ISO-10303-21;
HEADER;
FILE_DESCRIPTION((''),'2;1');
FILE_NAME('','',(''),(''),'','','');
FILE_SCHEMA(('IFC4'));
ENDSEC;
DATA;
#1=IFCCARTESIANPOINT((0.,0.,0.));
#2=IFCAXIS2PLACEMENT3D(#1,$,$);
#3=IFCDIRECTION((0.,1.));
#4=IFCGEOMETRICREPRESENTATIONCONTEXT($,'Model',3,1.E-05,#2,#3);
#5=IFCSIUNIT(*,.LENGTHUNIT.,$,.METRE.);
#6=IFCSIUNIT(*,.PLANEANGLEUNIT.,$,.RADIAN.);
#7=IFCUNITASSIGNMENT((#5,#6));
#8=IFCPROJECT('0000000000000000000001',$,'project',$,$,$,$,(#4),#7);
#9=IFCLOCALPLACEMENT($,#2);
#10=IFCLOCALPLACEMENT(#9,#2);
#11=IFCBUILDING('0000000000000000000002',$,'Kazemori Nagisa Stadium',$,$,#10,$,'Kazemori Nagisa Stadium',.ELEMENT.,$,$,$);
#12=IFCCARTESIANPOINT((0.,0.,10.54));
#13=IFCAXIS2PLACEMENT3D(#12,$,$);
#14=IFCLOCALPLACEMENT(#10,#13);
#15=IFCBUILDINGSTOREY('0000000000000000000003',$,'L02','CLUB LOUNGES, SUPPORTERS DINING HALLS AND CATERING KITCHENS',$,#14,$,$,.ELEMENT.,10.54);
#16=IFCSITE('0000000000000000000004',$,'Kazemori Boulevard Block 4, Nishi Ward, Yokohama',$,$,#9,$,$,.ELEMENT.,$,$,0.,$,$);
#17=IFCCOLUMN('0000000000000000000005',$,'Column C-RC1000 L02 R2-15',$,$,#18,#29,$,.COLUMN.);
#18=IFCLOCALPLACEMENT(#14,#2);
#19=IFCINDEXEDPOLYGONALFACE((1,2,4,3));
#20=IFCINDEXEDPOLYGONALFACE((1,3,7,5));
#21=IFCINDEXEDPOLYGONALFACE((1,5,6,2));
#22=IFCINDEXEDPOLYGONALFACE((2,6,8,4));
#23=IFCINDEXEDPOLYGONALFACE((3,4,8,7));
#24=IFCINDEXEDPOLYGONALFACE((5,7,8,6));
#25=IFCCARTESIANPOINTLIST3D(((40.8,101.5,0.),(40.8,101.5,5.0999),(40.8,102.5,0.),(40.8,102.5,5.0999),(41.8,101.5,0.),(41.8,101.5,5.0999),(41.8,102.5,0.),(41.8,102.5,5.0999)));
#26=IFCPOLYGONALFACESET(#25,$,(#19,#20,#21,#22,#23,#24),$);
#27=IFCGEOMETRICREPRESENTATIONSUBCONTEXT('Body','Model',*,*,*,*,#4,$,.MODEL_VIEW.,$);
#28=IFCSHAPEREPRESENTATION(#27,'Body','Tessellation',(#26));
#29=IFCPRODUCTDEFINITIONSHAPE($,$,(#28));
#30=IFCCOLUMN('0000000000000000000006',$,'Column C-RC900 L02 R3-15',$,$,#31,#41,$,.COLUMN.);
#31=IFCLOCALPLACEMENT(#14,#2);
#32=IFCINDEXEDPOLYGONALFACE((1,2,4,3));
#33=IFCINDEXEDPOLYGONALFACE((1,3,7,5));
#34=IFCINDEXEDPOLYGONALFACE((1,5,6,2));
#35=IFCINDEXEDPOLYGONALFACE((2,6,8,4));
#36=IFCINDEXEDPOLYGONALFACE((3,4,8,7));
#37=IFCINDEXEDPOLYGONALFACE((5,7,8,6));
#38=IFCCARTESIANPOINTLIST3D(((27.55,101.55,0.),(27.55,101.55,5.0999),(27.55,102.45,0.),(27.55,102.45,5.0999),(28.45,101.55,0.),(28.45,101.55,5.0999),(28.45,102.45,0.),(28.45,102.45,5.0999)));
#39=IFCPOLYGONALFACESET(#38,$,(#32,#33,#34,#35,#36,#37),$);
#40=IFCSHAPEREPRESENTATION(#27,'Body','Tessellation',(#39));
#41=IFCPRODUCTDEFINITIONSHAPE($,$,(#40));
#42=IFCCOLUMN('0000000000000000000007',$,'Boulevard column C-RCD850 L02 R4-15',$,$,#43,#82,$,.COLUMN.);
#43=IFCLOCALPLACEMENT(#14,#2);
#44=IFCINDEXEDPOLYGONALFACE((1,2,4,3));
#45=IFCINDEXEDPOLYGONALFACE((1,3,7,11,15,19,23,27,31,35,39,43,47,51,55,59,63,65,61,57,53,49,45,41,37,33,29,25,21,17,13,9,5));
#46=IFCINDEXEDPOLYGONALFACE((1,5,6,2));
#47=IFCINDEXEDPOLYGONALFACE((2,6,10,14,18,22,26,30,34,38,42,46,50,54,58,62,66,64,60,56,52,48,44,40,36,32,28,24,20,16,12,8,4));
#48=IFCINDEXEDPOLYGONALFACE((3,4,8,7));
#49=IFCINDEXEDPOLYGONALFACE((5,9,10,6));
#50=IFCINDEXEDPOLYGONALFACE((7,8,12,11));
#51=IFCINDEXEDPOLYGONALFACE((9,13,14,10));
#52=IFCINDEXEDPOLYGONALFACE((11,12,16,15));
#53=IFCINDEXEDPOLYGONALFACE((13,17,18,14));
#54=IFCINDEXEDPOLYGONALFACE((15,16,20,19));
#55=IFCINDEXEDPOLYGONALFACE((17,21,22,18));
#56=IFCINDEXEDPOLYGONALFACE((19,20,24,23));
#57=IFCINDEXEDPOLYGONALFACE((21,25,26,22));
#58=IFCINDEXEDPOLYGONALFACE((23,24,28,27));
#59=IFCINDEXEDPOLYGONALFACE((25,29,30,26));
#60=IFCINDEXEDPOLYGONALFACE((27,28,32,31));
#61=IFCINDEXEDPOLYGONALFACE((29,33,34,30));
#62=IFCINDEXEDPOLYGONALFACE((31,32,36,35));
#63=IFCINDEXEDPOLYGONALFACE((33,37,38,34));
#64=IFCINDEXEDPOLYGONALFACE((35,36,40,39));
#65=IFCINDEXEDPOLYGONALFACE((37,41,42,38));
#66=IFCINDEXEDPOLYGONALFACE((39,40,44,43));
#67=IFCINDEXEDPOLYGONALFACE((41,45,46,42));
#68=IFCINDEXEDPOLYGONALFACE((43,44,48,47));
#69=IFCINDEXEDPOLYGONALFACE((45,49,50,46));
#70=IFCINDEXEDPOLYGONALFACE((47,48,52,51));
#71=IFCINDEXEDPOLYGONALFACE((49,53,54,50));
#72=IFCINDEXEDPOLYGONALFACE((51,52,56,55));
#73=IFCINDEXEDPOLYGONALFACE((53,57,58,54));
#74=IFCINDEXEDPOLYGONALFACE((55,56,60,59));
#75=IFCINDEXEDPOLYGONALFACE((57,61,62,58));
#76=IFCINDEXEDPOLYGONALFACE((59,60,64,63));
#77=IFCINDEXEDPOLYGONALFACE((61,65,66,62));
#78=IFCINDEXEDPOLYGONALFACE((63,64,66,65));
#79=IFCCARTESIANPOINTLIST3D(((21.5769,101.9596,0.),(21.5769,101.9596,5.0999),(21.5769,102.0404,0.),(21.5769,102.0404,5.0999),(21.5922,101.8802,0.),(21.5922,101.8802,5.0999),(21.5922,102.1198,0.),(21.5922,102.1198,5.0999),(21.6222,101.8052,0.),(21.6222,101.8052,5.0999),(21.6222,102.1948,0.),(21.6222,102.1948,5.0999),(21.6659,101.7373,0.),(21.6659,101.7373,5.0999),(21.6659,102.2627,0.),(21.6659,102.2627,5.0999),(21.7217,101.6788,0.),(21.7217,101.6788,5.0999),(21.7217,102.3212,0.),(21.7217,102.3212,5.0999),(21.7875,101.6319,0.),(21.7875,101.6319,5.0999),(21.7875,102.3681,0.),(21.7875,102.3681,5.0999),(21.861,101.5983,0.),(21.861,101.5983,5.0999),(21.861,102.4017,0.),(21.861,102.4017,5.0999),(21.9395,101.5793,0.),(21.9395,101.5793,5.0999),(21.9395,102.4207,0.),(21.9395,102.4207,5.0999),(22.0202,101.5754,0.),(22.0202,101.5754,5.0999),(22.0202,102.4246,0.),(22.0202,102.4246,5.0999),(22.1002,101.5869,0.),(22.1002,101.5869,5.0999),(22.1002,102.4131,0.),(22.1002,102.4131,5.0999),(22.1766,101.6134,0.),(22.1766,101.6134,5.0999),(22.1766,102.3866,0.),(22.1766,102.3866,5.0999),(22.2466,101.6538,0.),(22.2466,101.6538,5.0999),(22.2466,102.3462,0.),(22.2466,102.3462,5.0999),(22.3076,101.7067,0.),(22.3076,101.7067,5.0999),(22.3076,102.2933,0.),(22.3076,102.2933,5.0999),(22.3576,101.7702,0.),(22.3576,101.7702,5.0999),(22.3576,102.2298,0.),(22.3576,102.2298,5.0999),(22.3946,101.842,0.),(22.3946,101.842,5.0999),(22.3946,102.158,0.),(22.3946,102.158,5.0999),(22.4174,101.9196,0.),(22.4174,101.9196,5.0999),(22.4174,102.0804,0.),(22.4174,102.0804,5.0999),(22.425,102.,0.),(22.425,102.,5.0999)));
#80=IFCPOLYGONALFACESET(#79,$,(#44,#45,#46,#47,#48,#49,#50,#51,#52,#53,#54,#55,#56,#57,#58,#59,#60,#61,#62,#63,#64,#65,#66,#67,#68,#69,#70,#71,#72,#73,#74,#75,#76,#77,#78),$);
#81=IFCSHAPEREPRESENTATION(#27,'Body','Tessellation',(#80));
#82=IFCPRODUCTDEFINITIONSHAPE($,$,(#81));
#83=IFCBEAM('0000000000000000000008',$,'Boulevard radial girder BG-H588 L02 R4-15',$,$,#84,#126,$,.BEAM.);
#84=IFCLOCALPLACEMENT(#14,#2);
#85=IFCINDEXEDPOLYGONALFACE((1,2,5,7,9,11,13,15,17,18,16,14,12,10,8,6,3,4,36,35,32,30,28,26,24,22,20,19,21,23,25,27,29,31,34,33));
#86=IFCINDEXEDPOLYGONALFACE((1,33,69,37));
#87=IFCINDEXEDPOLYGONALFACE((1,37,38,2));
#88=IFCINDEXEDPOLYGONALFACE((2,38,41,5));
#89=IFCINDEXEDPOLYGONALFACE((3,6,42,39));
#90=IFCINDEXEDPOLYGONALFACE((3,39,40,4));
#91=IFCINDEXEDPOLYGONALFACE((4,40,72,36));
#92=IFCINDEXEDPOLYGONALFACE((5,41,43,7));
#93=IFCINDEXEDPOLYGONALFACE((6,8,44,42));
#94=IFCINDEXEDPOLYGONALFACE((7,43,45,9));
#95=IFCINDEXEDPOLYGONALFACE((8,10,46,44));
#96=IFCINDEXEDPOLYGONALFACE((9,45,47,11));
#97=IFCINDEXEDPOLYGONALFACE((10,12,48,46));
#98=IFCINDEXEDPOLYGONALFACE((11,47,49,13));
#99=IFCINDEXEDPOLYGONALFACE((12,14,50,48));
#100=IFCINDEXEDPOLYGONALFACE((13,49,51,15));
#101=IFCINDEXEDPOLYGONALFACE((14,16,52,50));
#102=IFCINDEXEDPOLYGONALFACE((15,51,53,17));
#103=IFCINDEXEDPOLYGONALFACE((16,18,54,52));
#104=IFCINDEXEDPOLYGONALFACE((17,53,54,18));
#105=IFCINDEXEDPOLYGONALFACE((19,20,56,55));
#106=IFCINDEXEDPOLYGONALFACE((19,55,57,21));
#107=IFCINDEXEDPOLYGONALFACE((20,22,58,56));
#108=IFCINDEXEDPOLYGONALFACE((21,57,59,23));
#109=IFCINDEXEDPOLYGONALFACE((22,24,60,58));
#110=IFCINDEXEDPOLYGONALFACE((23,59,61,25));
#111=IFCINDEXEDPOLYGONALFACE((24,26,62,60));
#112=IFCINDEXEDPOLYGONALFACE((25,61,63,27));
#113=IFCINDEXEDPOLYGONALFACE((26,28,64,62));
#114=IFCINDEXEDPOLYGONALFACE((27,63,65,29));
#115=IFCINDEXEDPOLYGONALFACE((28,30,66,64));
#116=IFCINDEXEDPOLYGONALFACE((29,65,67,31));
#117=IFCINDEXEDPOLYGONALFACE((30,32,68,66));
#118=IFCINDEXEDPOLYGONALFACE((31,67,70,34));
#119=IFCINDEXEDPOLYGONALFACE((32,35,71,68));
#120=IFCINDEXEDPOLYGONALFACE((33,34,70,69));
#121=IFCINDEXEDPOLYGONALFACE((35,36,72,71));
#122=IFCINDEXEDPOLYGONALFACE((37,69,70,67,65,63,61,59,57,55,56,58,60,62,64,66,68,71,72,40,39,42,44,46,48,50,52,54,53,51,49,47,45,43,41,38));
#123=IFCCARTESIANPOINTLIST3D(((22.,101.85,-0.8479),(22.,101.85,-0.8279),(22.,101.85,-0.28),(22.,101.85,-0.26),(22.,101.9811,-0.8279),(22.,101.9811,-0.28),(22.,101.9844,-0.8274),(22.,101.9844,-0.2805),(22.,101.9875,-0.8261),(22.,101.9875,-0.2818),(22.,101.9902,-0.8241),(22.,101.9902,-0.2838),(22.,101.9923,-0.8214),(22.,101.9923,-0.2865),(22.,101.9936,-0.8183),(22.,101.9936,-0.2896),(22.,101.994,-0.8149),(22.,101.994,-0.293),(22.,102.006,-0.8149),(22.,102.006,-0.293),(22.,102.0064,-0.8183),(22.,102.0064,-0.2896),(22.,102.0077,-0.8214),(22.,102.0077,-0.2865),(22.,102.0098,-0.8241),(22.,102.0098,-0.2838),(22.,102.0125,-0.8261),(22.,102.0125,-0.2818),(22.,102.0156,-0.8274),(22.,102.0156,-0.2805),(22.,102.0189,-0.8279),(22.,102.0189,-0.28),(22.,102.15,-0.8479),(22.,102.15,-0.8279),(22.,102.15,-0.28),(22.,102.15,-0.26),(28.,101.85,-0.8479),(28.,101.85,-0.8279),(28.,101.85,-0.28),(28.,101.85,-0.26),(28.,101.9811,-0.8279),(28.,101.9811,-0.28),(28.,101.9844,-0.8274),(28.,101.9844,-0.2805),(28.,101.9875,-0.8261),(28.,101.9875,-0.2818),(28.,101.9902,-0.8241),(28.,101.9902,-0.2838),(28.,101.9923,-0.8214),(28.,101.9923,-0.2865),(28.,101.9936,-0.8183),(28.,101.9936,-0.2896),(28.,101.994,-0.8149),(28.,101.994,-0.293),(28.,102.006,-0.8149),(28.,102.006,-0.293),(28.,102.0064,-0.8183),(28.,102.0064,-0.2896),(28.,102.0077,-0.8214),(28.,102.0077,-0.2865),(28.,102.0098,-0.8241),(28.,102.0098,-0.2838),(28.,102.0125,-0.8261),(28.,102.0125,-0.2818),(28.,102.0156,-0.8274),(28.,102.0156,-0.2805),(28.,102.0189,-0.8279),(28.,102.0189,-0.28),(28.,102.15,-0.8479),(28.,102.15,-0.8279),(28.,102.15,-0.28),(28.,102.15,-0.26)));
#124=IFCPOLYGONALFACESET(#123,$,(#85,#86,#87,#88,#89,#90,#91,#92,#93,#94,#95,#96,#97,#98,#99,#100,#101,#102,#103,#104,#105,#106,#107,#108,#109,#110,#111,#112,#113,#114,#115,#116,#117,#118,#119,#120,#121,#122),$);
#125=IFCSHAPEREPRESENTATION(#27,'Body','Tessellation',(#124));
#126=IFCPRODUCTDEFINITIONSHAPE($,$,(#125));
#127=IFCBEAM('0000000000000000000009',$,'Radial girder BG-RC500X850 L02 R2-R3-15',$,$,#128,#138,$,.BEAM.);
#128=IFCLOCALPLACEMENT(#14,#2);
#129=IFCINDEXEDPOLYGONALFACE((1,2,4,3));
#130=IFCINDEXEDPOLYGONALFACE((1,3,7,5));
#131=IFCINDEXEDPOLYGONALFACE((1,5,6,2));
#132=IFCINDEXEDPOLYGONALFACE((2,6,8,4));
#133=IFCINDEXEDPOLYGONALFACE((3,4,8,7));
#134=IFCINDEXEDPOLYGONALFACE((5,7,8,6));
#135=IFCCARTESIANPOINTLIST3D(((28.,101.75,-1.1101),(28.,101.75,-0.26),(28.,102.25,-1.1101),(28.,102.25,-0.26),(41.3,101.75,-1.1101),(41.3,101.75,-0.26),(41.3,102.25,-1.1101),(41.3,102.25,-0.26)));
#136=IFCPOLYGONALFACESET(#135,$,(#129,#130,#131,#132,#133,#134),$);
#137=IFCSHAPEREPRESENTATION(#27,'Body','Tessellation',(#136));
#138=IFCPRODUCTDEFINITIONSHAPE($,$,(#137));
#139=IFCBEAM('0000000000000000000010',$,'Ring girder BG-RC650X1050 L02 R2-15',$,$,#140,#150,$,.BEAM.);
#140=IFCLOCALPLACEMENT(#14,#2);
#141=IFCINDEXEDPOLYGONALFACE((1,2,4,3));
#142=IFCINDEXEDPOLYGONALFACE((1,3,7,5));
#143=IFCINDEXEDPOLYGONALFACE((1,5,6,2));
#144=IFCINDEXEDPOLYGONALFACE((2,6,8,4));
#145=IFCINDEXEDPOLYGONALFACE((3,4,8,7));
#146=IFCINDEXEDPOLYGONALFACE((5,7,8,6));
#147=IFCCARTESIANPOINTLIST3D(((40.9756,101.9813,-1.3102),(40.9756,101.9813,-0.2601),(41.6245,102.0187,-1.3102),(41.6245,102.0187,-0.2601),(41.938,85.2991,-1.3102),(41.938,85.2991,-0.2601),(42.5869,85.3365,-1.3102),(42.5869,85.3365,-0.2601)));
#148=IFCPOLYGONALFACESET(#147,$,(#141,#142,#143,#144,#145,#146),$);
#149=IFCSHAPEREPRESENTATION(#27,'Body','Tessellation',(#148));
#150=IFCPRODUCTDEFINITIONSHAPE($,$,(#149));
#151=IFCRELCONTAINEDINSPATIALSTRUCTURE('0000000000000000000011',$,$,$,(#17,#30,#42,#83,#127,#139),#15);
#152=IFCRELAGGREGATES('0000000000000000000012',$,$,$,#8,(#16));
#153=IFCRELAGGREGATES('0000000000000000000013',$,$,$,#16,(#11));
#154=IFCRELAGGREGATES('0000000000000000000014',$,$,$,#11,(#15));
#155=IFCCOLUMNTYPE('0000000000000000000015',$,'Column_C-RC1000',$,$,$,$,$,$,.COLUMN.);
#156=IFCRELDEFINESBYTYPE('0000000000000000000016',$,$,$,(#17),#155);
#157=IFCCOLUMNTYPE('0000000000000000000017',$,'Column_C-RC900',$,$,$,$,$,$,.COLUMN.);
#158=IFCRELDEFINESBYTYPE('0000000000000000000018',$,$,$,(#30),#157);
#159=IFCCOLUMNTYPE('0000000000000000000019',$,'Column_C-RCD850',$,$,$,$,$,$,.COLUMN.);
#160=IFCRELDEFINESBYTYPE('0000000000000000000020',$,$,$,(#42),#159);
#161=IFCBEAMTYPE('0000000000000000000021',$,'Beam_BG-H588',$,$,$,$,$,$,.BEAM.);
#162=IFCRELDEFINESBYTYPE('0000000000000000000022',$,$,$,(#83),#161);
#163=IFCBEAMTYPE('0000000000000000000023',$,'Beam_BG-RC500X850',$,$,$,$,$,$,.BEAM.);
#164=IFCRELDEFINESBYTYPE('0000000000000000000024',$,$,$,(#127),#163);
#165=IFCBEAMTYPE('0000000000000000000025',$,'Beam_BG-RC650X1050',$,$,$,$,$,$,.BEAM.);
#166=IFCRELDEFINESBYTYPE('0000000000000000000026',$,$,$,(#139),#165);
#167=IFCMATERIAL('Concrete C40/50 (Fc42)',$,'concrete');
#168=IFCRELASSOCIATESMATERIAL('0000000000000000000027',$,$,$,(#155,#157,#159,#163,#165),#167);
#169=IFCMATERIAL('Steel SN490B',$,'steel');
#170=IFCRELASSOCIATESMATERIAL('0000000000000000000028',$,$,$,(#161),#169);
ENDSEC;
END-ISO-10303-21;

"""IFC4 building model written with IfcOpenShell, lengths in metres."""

from ifc_helpers import new_model, si_unit, direction, frame, origin, origin_2d, place, context, subcontext, project, spatial, rectangle, circle, i_section, extrude, material, material_profile, profile_set, type_object, element, save


model = new_model("IFC4")

# Units and contexts
model_context = context("Model", 3, precision=1e-05, world=origin(), true_north=direction((0.0, 1.0)))
body_context = subcontext(model_context, "Body", "Model", "MODEL_VIEW")
ifc_project = project(units=[si_unit("LENGTHUNIT", "METRE"), si_unit("PLANEANGLEUNIT", "RADIAN")], contexts=[model_context])

# Site, building, storey
site_placement = place(None, origin())
site = spatial("IfcSite", under=ifc_project, at=site_placement, Name="Kazemori Boulevard Block 4, Nishi Ward, Yokohama", CompositionType="ELEMENT", RefElevation=0.0)
building_placement = place(site_placement, origin())
building = spatial("IfcBuilding", under=site, at=building_placement, Name="Kazemori Nagisa Stadium", LongName="Kazemori Nagisa Stadium", CompositionType="ELEMENT")
storey_placement = place(building_placement, frame((0.0, 0.0, 10.54)))
storey = spatial("IfcBuildingStorey", under=building, at=storey_placement, Name="L02", Description="CLUB LOUNGES, SUPPORTERS DINING HALLS AND CATERING KITCHENS", CompositionType="ELEMENT", Elevation=10.54)

# Columns
ifc_material_1 = material(Name="Concrete C40/50 (Fc42)", Category="concrete")
ifc_material_profile_1 = material_profile(ifc_material_1, rectangle(XDim=1.0, YDim=1.0, at=origin_2d()), Name="RC-COL-1000x1000")
ifc_profile_set_1 = profile_set([ifc_material_profile_1], Name="Concrete C40/50 (Fc42)")
column_type_1 = type_object("IfcColumnType", Name="Column_C-RC1000", PredefinedType="COLUMN", material=ifc_profile_set_1)
column_1_placement = place(storey_placement, frame((41.3, 102.0, 0.0), z_axis=(0.0, 0.0, 1.0), x_axis=(-1.0, 0.0, 0.0)))
element("IfcColumn", 1, at=column_1_placement, inside=storey, type_object=column_type_1, Name="Column C-RC1000 L02 R2-15", PredefinedType="COLUMN", context=body_context, shape_type="SweptSolid", body=[
    extrude(rectangle(XDim=1.0, YDim=1.0, at=origin_2d()), origin(), (0.0, 0.0, 1.0), 5.0999),
])
ifc_material_profile_2 = material_profile(ifc_material_1, rectangle(XDim=0.8999, YDim=0.8999, at=origin_2d()), Name="RC-COL-900x900")
ifc_profile_set_2 = profile_set([ifc_material_profile_2], Name="Concrete C40/50 (Fc42)")
column_type_2 = type_object("IfcColumnType", Name="Column_C-RC900", PredefinedType="COLUMN", material=ifc_profile_set_2)
column_2_placement = place(storey_placement, frame((28.0, 102.0, 0.0), z_axis=(0.0, 0.0, 1.0), x_axis=(-1.0, 0.0, 0.0)))
element("IfcColumn", 2, at=column_2_placement, inside=storey, type_object=column_type_2, Name="Column C-RC900 L02 R3-15", PredefinedType="COLUMN", context=body_context, shape_type="SweptSolid", body=[
    extrude(rectangle(XDim=0.8999, YDim=0.8999, at=origin_2d()), origin(), (0.0, 0.0, 1.0), 5.0999),
])
ifc_material_profile_3 = material_profile(ifc_material_1, circle(Radius=0.425, at=origin_2d()), Name="RC-COL-D850")
ifc_profile_set_3 = profile_set([ifc_material_profile_3], Name="Concrete C40/50 (Fc42)")
column_type_3 = type_object("IfcColumnType", Name="Column_C-RCD850", PredefinedType="COLUMN", material=ifc_profile_set_3)
column_3_placement = place(storey_placement, frame((22.0, 102.0, 0.0), z_axis=(0.0, 0.0, 1.0), x_axis=(1.0, 0.0, 0.0)))
element("IfcColumn", 3, at=column_3_placement, inside=storey, type_object=column_type_3, Name="Boulevard column C-RCD850 L02 R4-15", PredefinedType="COLUMN", context=body_context, shape_type="SweptSolid", body=[
    extrude(circle(Radius=0.425, at=origin_2d()), origin(), (0.0, 0.0, 1.0), 5.0999),
])

# Beams
ifc_material_2 = material(Name="Steel SN490B", Category="steel")
ifc_material_profile_4 = material_profile(ifc_material_2, i_section(OverallWidth=0.3, OverallDepth=0.5879, WebThickness=0.012, FlangeThickness=0.02, FilletRadius=0.0129, at=origin_2d()), Name="H-588x300x12x20")
ifc_profile_set_4 = profile_set([ifc_material_profile_4], Name="Steel SN490B")
beam_type_1 = type_object("IfcBeamType", Name="Beam_BG-H588", PredefinedType="BEAM", material=ifc_profile_set_4)
beam_1_placement = place(storey_placement, frame((28.0, 102.0, -0.554), z_axis=(-1.0, 0.0, 0.0), x_axis=(0.0, -1.0, 0.0)))
element("IfcBeam", 4, at=beam_1_placement, inside=storey, type_object=beam_type_1, Name="Boulevard radial girder BG-H588 L02 R4-15", PredefinedType="BEAM", context=body_context, shape_type="SweptSolid", body=[
    extrude(i_section(OverallWidth=0.3, OverallDepth=0.5879, WebThickness=0.012, FlangeThickness=0.02, FilletRadius=0.0129, at=origin_2d()), origin(), (0.0, 0.0, 1.0), 6.0),
])
ifc_material_profile_5 = material_profile(ifc_material_1, rectangle(XDim=0.5, YDim=0.8501, at=origin_2d()), Name="RC-BM-500x850")
ifc_profile_set_5 = profile_set([ifc_material_profile_5], Name="Concrete C40/50 (Fc42)")
beam_type_2 = type_object("IfcBeamType", Name="Beam_BG-RC500X850", PredefinedType="BEAM", material=ifc_profile_set_5)
beam_2_placement = place(storey_placement, frame((41.3, 102.0, -0.6851), z_axis=(-1.0, 0.0, 0.0), x_axis=(0.0, -1.0, 0.0)))
element("IfcBeam", 5, at=beam_2_placement, inside=storey, type_object=beam_type_2, Name="Radial girder BG-RC500X850 L02 R2-R3-15", PredefinedType="BEAM", context=body_context, shape_type="SweptSolid", body=[
    extrude(rectangle(XDim=0.5, YDim=0.8501, at=origin_2d()), origin(), (0.0, 0.0, 1.0), 13.3),
])
ifc_material_profile_6 = material_profile(ifc_material_1, rectangle(XDim=0.6499, YDim=1.05, at=origin_2d()), Name="RC-BM-650x1050")
ifc_profile_set_6 = profile_set([ifc_material_profile_6], Name="Concrete C40/50 (Fc42)")
beam_type_3 = type_object("IfcBeamType", Name="Beam_BG-RC650X1050", PredefinedType="BEAM", material=ifc_profile_set_6)
beam_3_placement = place(storey_placement, frame((41.3, 102.0, -0.7852), z_axis=(0.057595, -0.99834, 0.0), x_axis=(0.99834, 0.057595, 0.0)))
element("IfcBeam", 6, at=beam_3_placement, inside=storey, type_object=beam_type_3, Name="Ring girder BG-RC650X1050 L02 R2-15", PredefinedType="BEAM", context=body_context, shape_type="SweptSolid", body=[
    extrude(rectangle(XDim=0.6499, YDim=1.05, at=origin_2d()), origin(), (0.0, 0.0, 1.0), 16.71),
])

save(model, "model.ifc")
